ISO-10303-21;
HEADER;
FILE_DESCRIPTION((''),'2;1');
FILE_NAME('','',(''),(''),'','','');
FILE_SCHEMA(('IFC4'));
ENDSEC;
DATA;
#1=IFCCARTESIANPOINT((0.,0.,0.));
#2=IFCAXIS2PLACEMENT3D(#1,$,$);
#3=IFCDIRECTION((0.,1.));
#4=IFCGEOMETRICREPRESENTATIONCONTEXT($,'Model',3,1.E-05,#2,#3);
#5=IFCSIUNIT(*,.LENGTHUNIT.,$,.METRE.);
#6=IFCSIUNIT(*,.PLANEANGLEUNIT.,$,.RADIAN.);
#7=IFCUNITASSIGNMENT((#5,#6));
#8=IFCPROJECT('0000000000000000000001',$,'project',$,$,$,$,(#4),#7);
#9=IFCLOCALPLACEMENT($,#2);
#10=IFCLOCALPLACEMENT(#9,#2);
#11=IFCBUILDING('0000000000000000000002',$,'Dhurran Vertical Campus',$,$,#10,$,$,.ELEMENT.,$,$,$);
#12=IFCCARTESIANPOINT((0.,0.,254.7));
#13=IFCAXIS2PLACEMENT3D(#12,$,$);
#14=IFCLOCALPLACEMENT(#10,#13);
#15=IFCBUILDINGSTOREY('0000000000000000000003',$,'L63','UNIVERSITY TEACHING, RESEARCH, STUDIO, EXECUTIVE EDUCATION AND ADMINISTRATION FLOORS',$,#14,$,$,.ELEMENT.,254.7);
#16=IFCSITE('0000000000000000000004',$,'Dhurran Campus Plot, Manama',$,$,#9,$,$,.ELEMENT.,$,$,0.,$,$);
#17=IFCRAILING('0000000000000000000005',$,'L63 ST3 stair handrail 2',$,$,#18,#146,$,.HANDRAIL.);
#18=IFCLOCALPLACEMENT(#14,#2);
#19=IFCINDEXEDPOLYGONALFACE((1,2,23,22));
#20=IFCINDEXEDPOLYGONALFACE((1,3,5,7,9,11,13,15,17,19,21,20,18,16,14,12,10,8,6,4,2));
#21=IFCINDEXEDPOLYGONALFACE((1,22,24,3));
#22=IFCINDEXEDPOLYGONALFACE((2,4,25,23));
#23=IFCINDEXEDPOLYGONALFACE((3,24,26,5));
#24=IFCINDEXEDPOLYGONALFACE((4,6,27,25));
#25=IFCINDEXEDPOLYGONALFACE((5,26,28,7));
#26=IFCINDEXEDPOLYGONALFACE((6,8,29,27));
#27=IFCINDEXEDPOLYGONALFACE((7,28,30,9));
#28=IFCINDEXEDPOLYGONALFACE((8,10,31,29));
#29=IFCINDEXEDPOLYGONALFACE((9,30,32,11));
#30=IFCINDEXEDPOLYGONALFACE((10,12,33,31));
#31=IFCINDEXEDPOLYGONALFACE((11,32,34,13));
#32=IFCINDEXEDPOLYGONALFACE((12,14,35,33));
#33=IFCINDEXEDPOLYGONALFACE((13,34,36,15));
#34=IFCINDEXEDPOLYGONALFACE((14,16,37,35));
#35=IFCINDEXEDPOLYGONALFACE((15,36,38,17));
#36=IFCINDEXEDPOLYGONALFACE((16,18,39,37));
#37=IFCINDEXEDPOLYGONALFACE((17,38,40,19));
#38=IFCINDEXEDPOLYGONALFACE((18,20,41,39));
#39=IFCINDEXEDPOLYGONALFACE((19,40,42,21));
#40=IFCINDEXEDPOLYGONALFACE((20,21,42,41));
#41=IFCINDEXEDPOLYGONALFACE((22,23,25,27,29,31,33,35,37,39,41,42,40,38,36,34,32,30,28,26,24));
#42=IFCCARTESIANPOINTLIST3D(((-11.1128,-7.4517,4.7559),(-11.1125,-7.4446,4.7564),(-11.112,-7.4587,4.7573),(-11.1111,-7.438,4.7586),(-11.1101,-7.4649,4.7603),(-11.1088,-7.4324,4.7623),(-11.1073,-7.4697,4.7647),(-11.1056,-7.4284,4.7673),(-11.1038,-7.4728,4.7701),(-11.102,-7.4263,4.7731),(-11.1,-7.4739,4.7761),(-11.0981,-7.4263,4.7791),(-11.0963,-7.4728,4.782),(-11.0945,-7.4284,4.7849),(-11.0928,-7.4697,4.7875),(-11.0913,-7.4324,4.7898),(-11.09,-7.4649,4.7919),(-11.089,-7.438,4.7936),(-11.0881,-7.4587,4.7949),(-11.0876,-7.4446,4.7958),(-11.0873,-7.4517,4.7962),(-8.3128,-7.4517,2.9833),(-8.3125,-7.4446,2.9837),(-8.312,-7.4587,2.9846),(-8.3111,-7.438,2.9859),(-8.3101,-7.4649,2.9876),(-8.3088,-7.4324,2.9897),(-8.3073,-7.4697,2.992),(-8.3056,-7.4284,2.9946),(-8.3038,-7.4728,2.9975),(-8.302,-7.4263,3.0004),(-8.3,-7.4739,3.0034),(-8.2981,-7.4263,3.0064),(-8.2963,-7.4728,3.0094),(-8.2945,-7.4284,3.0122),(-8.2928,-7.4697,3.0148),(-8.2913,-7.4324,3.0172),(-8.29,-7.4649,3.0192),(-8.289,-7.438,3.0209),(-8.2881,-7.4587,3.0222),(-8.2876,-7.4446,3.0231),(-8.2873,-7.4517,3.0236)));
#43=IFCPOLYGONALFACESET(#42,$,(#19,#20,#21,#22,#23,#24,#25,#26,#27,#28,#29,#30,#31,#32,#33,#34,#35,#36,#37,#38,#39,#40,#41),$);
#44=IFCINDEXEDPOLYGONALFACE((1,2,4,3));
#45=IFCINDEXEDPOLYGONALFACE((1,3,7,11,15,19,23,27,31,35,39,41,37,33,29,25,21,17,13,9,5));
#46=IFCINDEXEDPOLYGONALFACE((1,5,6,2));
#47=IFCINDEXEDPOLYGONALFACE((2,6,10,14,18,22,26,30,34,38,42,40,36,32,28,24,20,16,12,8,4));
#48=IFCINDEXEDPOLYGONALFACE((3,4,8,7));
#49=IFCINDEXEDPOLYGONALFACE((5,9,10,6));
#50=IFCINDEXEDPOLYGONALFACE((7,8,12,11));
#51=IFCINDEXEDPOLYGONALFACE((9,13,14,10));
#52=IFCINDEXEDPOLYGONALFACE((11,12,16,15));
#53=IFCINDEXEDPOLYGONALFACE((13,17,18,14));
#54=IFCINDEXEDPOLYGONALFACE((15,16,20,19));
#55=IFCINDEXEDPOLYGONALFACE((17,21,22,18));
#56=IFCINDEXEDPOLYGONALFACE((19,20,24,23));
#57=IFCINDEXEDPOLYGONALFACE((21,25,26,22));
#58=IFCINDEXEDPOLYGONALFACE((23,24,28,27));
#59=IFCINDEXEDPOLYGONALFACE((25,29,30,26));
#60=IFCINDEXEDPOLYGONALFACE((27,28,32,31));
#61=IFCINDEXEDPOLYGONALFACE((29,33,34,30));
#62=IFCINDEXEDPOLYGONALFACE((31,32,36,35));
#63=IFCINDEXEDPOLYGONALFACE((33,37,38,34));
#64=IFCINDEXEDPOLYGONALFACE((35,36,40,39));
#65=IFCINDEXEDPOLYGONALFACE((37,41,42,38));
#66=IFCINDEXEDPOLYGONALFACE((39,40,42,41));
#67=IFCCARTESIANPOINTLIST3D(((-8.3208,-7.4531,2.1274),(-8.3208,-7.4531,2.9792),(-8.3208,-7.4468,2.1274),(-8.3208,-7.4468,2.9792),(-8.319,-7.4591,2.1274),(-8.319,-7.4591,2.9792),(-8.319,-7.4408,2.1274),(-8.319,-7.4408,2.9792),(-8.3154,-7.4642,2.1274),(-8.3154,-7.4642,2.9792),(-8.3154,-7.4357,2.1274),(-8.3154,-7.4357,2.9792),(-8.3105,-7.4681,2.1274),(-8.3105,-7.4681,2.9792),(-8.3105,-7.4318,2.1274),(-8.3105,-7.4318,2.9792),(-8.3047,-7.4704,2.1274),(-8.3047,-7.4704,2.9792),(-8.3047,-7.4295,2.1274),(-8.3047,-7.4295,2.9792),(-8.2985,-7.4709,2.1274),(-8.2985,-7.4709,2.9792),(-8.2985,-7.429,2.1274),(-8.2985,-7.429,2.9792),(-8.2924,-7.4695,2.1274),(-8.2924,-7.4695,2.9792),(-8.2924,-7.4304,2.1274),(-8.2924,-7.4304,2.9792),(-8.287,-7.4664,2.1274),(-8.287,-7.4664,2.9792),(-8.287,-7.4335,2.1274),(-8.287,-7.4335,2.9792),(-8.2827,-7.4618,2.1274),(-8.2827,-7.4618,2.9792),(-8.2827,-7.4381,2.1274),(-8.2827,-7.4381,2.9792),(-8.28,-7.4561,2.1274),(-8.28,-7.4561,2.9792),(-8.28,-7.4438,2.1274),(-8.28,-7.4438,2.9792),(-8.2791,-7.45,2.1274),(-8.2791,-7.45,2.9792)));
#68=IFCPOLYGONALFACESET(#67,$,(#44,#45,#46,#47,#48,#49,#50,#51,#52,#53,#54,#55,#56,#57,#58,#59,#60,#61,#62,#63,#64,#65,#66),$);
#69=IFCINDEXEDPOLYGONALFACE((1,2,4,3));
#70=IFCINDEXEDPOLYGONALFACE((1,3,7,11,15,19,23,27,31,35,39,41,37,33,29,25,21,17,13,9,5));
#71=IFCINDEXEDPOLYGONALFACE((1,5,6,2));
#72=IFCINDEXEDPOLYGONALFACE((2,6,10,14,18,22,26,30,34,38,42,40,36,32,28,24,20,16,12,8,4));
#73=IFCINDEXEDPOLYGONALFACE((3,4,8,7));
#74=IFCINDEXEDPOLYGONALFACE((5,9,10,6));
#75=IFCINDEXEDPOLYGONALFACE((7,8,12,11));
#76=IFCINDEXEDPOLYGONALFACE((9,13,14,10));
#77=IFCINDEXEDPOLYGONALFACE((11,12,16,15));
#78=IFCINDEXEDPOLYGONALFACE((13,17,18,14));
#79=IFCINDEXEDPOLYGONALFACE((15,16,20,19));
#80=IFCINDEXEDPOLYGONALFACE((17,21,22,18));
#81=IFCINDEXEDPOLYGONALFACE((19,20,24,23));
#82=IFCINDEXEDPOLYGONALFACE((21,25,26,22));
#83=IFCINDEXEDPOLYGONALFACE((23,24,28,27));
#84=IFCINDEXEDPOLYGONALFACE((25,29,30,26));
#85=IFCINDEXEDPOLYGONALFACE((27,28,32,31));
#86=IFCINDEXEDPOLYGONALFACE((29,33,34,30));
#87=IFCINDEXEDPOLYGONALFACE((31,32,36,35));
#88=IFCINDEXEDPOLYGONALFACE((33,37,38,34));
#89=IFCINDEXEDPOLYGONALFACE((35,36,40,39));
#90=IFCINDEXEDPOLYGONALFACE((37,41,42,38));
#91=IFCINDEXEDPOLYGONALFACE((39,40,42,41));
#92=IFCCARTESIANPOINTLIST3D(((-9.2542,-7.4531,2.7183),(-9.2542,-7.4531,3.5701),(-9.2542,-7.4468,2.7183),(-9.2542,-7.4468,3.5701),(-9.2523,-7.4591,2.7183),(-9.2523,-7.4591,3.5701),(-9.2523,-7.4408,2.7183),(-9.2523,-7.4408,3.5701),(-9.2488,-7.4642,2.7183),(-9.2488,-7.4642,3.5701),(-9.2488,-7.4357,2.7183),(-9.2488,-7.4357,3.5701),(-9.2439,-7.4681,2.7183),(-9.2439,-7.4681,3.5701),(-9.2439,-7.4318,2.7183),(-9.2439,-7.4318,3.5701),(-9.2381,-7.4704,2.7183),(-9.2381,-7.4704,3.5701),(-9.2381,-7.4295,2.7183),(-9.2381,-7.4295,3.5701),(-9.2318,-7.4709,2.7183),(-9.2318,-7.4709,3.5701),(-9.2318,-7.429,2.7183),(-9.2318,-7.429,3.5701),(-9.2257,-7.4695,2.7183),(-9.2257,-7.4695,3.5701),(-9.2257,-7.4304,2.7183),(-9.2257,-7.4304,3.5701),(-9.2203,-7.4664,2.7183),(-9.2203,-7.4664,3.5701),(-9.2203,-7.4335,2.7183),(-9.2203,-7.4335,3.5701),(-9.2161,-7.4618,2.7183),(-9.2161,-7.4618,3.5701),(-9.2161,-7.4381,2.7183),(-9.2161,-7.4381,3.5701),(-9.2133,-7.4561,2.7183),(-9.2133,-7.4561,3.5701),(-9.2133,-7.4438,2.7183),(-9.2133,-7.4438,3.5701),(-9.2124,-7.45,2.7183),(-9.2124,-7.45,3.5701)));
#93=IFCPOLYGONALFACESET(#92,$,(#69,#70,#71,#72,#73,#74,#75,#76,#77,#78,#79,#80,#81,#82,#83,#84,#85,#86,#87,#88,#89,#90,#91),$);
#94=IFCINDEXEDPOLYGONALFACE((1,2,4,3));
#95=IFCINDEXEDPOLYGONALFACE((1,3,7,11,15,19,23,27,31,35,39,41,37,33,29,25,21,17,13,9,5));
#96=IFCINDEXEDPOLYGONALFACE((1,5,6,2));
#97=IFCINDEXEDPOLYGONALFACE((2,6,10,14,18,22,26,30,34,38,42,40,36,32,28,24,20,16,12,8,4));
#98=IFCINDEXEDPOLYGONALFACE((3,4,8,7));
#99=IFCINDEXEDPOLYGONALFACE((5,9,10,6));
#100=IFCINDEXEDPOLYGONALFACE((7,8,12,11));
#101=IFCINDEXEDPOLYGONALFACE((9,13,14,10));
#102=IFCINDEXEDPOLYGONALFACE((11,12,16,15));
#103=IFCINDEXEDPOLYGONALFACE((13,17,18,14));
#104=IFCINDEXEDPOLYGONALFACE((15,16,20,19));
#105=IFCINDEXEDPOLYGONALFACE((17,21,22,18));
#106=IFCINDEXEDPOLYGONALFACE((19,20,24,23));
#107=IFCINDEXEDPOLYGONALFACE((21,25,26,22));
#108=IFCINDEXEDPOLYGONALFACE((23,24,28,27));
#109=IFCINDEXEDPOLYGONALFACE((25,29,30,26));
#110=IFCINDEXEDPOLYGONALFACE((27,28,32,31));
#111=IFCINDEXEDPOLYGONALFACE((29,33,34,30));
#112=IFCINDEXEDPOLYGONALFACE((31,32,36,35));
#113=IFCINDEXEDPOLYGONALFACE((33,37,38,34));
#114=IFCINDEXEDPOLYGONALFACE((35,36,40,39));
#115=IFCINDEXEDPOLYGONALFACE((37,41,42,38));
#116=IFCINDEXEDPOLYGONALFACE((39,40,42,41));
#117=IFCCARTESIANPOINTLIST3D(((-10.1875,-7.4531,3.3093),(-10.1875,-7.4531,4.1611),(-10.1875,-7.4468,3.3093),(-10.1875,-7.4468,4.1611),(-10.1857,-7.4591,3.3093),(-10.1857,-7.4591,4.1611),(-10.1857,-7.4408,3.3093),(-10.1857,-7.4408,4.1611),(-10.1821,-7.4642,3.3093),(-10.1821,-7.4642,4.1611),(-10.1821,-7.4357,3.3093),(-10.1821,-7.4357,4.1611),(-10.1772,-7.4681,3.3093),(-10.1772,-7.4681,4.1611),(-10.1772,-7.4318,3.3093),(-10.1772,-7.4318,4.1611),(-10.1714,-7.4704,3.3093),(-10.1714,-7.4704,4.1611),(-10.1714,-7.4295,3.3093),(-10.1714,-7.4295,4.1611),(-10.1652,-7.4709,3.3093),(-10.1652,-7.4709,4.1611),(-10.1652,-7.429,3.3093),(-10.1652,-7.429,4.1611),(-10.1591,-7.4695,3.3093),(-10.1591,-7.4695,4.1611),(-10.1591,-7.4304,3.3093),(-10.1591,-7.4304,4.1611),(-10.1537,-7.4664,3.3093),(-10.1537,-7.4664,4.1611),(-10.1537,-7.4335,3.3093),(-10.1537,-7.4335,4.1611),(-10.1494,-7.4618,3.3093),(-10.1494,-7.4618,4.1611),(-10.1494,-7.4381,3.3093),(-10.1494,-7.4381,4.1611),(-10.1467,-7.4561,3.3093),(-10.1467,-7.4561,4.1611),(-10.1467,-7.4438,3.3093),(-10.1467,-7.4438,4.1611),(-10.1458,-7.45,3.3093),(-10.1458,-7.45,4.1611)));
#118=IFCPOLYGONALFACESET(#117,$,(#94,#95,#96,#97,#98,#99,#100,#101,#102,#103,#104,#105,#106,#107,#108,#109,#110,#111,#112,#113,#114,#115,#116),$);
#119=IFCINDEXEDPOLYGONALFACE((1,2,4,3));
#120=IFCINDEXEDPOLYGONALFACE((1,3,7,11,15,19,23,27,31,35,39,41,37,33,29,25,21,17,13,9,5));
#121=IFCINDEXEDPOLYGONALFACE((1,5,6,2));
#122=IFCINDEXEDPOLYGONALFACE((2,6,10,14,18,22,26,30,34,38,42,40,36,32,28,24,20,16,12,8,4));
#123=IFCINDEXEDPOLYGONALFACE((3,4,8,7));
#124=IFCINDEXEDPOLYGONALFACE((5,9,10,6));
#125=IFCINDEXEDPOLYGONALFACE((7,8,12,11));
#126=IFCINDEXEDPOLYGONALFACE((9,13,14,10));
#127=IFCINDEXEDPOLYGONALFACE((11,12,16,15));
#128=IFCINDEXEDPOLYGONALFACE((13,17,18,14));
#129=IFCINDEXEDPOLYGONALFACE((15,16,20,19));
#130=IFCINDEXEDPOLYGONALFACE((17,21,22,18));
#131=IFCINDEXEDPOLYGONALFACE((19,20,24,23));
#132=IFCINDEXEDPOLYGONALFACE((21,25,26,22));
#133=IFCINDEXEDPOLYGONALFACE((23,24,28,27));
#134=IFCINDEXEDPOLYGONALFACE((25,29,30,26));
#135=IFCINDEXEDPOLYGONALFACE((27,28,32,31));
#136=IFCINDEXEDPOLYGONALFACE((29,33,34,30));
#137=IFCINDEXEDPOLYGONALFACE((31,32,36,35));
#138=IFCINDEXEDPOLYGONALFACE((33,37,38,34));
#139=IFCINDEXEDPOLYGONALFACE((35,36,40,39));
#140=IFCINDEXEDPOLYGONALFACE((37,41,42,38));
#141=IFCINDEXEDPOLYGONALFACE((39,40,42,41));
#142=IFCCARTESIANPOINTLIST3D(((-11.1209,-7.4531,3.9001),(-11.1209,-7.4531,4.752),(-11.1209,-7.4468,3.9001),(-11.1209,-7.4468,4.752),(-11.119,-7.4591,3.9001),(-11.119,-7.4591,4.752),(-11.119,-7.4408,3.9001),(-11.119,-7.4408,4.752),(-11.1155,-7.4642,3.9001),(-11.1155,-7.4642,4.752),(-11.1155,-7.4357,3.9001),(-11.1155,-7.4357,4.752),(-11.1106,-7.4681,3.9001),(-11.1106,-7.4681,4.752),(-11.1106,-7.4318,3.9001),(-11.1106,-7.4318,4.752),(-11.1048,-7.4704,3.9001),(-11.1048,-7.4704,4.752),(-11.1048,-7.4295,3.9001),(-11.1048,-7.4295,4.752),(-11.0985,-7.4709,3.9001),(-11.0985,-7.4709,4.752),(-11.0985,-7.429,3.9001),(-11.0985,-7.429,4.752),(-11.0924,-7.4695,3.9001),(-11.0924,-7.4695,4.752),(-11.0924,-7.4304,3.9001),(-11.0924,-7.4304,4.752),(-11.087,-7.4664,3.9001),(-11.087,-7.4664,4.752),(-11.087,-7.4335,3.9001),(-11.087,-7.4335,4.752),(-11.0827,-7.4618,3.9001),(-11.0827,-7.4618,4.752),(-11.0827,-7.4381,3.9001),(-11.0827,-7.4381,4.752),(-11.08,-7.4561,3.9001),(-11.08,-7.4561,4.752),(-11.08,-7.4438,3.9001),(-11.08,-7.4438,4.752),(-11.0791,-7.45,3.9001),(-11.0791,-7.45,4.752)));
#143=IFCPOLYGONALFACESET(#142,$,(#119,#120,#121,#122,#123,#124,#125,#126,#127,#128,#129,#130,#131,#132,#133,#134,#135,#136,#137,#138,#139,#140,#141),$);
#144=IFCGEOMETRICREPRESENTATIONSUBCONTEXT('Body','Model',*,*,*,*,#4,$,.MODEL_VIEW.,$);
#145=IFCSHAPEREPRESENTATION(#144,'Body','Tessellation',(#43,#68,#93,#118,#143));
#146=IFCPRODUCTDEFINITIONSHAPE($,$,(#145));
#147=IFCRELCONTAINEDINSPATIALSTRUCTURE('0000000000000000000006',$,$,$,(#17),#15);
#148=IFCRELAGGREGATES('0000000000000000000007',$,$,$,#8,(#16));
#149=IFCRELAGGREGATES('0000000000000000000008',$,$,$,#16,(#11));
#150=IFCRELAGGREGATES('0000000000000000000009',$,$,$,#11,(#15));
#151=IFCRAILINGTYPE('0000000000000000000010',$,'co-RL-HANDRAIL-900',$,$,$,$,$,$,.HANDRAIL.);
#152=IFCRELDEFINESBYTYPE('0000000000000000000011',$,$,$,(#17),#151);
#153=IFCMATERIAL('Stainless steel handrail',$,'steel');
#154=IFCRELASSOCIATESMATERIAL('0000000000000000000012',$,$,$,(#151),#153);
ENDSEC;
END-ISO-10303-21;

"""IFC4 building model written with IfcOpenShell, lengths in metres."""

from ifc_helpers import new_model, si_unit, direction, frame, origin, origin_2d, place, context, subcontext, project, spatial, circle, extrude, material, type_object, element, save


model = new_model("IFC4")

# Units and contexts
model_context = context("Model", 3, precision=1e-05, world=origin(), true_north=direction((0.0, 1.0)))
body_context = subcontext(model_context, "Body", "Model", "MODEL_VIEW")
ifc_project = project(units=[si_unit("LENGTHUNIT", "METRE"), si_unit("PLANEANGLEUNIT", "RADIAN")], contexts=[model_context])

# Site, building, storey
site_placement = place(None, origin())
site = spatial("IfcSite", under=ifc_project, at=site_placement, Name="Dhurran Campus Plot, Manama", CompositionType="ELEMENT", RefElevation=0.0)
building_placement = place(site_placement, origin())
building = spatial("IfcBuilding", under=site, at=building_placement, Name="Dhurran Vertical Campus", CompositionType="ELEMENT")
storey_placement = place(building_placement, frame((0.0, 0.0, 254.7)))
storey = spatial("IfcBuildingStorey", under=building, at=storey_placement, Name="L63", Description="UNIVERSITY TEACHING, RESEARCH, STUDIO, EXECUTIVE EDUCATION AND ADMINISTRATION FLOORS", CompositionType="ELEMENT", Elevation=254.7)

# Railing
ifc_material_1 = material(Name="Stainless steel handrail", Category="steel")
railing_type_1 = type_object("IfcRailingType", Name="co-RL-HANDRAIL-900", PredefinedType="HANDRAIL", material=ifc_material_1)
railing_1_placement = place(storey_placement, frame((-8.3, -7.45, 2.1274)))
element("IfcRailing", 1, at=railing_1_placement, inside=storey, type_object=railing_type_1, Name="L63 ST3 stair handrail 2", PredefinedType="HANDRAIL", context=body_context, shape_type="SweptSolid", body=[
    extrude(circle(Radius=0.0239, at=origin_2d()), frame((0.0, 0.0, 0.876), z_axis=(-0.844909, 0.0, 0.53491), x_axis=(0.0, -1.0, 0.0)), (0.0, 0.0, 1.0), 3.314),
    extrude(circle(Radius=0.021, at=origin_2d()), origin(), (0.0, 0.0, 1.0), 0.8518),
    extrude(circle(Radius=0.021, at=origin_2d()), frame((-0.9333, 0.0, 0.5908)), (0.0, 0.0, 1.0), 0.8518),
    extrude(circle(Radius=0.021, at=origin_2d()), frame((-1.8667, 0.0, 1.1819)), (0.0, 0.0, 1.0), 0.8518),
    extrude(circle(Radius=0.021, at=origin_2d()), frame((-2.8, 0.0, 1.7727)), (0.0, 0.0, 1.0), 0.8518),
])

save(model, "model.ifc")
